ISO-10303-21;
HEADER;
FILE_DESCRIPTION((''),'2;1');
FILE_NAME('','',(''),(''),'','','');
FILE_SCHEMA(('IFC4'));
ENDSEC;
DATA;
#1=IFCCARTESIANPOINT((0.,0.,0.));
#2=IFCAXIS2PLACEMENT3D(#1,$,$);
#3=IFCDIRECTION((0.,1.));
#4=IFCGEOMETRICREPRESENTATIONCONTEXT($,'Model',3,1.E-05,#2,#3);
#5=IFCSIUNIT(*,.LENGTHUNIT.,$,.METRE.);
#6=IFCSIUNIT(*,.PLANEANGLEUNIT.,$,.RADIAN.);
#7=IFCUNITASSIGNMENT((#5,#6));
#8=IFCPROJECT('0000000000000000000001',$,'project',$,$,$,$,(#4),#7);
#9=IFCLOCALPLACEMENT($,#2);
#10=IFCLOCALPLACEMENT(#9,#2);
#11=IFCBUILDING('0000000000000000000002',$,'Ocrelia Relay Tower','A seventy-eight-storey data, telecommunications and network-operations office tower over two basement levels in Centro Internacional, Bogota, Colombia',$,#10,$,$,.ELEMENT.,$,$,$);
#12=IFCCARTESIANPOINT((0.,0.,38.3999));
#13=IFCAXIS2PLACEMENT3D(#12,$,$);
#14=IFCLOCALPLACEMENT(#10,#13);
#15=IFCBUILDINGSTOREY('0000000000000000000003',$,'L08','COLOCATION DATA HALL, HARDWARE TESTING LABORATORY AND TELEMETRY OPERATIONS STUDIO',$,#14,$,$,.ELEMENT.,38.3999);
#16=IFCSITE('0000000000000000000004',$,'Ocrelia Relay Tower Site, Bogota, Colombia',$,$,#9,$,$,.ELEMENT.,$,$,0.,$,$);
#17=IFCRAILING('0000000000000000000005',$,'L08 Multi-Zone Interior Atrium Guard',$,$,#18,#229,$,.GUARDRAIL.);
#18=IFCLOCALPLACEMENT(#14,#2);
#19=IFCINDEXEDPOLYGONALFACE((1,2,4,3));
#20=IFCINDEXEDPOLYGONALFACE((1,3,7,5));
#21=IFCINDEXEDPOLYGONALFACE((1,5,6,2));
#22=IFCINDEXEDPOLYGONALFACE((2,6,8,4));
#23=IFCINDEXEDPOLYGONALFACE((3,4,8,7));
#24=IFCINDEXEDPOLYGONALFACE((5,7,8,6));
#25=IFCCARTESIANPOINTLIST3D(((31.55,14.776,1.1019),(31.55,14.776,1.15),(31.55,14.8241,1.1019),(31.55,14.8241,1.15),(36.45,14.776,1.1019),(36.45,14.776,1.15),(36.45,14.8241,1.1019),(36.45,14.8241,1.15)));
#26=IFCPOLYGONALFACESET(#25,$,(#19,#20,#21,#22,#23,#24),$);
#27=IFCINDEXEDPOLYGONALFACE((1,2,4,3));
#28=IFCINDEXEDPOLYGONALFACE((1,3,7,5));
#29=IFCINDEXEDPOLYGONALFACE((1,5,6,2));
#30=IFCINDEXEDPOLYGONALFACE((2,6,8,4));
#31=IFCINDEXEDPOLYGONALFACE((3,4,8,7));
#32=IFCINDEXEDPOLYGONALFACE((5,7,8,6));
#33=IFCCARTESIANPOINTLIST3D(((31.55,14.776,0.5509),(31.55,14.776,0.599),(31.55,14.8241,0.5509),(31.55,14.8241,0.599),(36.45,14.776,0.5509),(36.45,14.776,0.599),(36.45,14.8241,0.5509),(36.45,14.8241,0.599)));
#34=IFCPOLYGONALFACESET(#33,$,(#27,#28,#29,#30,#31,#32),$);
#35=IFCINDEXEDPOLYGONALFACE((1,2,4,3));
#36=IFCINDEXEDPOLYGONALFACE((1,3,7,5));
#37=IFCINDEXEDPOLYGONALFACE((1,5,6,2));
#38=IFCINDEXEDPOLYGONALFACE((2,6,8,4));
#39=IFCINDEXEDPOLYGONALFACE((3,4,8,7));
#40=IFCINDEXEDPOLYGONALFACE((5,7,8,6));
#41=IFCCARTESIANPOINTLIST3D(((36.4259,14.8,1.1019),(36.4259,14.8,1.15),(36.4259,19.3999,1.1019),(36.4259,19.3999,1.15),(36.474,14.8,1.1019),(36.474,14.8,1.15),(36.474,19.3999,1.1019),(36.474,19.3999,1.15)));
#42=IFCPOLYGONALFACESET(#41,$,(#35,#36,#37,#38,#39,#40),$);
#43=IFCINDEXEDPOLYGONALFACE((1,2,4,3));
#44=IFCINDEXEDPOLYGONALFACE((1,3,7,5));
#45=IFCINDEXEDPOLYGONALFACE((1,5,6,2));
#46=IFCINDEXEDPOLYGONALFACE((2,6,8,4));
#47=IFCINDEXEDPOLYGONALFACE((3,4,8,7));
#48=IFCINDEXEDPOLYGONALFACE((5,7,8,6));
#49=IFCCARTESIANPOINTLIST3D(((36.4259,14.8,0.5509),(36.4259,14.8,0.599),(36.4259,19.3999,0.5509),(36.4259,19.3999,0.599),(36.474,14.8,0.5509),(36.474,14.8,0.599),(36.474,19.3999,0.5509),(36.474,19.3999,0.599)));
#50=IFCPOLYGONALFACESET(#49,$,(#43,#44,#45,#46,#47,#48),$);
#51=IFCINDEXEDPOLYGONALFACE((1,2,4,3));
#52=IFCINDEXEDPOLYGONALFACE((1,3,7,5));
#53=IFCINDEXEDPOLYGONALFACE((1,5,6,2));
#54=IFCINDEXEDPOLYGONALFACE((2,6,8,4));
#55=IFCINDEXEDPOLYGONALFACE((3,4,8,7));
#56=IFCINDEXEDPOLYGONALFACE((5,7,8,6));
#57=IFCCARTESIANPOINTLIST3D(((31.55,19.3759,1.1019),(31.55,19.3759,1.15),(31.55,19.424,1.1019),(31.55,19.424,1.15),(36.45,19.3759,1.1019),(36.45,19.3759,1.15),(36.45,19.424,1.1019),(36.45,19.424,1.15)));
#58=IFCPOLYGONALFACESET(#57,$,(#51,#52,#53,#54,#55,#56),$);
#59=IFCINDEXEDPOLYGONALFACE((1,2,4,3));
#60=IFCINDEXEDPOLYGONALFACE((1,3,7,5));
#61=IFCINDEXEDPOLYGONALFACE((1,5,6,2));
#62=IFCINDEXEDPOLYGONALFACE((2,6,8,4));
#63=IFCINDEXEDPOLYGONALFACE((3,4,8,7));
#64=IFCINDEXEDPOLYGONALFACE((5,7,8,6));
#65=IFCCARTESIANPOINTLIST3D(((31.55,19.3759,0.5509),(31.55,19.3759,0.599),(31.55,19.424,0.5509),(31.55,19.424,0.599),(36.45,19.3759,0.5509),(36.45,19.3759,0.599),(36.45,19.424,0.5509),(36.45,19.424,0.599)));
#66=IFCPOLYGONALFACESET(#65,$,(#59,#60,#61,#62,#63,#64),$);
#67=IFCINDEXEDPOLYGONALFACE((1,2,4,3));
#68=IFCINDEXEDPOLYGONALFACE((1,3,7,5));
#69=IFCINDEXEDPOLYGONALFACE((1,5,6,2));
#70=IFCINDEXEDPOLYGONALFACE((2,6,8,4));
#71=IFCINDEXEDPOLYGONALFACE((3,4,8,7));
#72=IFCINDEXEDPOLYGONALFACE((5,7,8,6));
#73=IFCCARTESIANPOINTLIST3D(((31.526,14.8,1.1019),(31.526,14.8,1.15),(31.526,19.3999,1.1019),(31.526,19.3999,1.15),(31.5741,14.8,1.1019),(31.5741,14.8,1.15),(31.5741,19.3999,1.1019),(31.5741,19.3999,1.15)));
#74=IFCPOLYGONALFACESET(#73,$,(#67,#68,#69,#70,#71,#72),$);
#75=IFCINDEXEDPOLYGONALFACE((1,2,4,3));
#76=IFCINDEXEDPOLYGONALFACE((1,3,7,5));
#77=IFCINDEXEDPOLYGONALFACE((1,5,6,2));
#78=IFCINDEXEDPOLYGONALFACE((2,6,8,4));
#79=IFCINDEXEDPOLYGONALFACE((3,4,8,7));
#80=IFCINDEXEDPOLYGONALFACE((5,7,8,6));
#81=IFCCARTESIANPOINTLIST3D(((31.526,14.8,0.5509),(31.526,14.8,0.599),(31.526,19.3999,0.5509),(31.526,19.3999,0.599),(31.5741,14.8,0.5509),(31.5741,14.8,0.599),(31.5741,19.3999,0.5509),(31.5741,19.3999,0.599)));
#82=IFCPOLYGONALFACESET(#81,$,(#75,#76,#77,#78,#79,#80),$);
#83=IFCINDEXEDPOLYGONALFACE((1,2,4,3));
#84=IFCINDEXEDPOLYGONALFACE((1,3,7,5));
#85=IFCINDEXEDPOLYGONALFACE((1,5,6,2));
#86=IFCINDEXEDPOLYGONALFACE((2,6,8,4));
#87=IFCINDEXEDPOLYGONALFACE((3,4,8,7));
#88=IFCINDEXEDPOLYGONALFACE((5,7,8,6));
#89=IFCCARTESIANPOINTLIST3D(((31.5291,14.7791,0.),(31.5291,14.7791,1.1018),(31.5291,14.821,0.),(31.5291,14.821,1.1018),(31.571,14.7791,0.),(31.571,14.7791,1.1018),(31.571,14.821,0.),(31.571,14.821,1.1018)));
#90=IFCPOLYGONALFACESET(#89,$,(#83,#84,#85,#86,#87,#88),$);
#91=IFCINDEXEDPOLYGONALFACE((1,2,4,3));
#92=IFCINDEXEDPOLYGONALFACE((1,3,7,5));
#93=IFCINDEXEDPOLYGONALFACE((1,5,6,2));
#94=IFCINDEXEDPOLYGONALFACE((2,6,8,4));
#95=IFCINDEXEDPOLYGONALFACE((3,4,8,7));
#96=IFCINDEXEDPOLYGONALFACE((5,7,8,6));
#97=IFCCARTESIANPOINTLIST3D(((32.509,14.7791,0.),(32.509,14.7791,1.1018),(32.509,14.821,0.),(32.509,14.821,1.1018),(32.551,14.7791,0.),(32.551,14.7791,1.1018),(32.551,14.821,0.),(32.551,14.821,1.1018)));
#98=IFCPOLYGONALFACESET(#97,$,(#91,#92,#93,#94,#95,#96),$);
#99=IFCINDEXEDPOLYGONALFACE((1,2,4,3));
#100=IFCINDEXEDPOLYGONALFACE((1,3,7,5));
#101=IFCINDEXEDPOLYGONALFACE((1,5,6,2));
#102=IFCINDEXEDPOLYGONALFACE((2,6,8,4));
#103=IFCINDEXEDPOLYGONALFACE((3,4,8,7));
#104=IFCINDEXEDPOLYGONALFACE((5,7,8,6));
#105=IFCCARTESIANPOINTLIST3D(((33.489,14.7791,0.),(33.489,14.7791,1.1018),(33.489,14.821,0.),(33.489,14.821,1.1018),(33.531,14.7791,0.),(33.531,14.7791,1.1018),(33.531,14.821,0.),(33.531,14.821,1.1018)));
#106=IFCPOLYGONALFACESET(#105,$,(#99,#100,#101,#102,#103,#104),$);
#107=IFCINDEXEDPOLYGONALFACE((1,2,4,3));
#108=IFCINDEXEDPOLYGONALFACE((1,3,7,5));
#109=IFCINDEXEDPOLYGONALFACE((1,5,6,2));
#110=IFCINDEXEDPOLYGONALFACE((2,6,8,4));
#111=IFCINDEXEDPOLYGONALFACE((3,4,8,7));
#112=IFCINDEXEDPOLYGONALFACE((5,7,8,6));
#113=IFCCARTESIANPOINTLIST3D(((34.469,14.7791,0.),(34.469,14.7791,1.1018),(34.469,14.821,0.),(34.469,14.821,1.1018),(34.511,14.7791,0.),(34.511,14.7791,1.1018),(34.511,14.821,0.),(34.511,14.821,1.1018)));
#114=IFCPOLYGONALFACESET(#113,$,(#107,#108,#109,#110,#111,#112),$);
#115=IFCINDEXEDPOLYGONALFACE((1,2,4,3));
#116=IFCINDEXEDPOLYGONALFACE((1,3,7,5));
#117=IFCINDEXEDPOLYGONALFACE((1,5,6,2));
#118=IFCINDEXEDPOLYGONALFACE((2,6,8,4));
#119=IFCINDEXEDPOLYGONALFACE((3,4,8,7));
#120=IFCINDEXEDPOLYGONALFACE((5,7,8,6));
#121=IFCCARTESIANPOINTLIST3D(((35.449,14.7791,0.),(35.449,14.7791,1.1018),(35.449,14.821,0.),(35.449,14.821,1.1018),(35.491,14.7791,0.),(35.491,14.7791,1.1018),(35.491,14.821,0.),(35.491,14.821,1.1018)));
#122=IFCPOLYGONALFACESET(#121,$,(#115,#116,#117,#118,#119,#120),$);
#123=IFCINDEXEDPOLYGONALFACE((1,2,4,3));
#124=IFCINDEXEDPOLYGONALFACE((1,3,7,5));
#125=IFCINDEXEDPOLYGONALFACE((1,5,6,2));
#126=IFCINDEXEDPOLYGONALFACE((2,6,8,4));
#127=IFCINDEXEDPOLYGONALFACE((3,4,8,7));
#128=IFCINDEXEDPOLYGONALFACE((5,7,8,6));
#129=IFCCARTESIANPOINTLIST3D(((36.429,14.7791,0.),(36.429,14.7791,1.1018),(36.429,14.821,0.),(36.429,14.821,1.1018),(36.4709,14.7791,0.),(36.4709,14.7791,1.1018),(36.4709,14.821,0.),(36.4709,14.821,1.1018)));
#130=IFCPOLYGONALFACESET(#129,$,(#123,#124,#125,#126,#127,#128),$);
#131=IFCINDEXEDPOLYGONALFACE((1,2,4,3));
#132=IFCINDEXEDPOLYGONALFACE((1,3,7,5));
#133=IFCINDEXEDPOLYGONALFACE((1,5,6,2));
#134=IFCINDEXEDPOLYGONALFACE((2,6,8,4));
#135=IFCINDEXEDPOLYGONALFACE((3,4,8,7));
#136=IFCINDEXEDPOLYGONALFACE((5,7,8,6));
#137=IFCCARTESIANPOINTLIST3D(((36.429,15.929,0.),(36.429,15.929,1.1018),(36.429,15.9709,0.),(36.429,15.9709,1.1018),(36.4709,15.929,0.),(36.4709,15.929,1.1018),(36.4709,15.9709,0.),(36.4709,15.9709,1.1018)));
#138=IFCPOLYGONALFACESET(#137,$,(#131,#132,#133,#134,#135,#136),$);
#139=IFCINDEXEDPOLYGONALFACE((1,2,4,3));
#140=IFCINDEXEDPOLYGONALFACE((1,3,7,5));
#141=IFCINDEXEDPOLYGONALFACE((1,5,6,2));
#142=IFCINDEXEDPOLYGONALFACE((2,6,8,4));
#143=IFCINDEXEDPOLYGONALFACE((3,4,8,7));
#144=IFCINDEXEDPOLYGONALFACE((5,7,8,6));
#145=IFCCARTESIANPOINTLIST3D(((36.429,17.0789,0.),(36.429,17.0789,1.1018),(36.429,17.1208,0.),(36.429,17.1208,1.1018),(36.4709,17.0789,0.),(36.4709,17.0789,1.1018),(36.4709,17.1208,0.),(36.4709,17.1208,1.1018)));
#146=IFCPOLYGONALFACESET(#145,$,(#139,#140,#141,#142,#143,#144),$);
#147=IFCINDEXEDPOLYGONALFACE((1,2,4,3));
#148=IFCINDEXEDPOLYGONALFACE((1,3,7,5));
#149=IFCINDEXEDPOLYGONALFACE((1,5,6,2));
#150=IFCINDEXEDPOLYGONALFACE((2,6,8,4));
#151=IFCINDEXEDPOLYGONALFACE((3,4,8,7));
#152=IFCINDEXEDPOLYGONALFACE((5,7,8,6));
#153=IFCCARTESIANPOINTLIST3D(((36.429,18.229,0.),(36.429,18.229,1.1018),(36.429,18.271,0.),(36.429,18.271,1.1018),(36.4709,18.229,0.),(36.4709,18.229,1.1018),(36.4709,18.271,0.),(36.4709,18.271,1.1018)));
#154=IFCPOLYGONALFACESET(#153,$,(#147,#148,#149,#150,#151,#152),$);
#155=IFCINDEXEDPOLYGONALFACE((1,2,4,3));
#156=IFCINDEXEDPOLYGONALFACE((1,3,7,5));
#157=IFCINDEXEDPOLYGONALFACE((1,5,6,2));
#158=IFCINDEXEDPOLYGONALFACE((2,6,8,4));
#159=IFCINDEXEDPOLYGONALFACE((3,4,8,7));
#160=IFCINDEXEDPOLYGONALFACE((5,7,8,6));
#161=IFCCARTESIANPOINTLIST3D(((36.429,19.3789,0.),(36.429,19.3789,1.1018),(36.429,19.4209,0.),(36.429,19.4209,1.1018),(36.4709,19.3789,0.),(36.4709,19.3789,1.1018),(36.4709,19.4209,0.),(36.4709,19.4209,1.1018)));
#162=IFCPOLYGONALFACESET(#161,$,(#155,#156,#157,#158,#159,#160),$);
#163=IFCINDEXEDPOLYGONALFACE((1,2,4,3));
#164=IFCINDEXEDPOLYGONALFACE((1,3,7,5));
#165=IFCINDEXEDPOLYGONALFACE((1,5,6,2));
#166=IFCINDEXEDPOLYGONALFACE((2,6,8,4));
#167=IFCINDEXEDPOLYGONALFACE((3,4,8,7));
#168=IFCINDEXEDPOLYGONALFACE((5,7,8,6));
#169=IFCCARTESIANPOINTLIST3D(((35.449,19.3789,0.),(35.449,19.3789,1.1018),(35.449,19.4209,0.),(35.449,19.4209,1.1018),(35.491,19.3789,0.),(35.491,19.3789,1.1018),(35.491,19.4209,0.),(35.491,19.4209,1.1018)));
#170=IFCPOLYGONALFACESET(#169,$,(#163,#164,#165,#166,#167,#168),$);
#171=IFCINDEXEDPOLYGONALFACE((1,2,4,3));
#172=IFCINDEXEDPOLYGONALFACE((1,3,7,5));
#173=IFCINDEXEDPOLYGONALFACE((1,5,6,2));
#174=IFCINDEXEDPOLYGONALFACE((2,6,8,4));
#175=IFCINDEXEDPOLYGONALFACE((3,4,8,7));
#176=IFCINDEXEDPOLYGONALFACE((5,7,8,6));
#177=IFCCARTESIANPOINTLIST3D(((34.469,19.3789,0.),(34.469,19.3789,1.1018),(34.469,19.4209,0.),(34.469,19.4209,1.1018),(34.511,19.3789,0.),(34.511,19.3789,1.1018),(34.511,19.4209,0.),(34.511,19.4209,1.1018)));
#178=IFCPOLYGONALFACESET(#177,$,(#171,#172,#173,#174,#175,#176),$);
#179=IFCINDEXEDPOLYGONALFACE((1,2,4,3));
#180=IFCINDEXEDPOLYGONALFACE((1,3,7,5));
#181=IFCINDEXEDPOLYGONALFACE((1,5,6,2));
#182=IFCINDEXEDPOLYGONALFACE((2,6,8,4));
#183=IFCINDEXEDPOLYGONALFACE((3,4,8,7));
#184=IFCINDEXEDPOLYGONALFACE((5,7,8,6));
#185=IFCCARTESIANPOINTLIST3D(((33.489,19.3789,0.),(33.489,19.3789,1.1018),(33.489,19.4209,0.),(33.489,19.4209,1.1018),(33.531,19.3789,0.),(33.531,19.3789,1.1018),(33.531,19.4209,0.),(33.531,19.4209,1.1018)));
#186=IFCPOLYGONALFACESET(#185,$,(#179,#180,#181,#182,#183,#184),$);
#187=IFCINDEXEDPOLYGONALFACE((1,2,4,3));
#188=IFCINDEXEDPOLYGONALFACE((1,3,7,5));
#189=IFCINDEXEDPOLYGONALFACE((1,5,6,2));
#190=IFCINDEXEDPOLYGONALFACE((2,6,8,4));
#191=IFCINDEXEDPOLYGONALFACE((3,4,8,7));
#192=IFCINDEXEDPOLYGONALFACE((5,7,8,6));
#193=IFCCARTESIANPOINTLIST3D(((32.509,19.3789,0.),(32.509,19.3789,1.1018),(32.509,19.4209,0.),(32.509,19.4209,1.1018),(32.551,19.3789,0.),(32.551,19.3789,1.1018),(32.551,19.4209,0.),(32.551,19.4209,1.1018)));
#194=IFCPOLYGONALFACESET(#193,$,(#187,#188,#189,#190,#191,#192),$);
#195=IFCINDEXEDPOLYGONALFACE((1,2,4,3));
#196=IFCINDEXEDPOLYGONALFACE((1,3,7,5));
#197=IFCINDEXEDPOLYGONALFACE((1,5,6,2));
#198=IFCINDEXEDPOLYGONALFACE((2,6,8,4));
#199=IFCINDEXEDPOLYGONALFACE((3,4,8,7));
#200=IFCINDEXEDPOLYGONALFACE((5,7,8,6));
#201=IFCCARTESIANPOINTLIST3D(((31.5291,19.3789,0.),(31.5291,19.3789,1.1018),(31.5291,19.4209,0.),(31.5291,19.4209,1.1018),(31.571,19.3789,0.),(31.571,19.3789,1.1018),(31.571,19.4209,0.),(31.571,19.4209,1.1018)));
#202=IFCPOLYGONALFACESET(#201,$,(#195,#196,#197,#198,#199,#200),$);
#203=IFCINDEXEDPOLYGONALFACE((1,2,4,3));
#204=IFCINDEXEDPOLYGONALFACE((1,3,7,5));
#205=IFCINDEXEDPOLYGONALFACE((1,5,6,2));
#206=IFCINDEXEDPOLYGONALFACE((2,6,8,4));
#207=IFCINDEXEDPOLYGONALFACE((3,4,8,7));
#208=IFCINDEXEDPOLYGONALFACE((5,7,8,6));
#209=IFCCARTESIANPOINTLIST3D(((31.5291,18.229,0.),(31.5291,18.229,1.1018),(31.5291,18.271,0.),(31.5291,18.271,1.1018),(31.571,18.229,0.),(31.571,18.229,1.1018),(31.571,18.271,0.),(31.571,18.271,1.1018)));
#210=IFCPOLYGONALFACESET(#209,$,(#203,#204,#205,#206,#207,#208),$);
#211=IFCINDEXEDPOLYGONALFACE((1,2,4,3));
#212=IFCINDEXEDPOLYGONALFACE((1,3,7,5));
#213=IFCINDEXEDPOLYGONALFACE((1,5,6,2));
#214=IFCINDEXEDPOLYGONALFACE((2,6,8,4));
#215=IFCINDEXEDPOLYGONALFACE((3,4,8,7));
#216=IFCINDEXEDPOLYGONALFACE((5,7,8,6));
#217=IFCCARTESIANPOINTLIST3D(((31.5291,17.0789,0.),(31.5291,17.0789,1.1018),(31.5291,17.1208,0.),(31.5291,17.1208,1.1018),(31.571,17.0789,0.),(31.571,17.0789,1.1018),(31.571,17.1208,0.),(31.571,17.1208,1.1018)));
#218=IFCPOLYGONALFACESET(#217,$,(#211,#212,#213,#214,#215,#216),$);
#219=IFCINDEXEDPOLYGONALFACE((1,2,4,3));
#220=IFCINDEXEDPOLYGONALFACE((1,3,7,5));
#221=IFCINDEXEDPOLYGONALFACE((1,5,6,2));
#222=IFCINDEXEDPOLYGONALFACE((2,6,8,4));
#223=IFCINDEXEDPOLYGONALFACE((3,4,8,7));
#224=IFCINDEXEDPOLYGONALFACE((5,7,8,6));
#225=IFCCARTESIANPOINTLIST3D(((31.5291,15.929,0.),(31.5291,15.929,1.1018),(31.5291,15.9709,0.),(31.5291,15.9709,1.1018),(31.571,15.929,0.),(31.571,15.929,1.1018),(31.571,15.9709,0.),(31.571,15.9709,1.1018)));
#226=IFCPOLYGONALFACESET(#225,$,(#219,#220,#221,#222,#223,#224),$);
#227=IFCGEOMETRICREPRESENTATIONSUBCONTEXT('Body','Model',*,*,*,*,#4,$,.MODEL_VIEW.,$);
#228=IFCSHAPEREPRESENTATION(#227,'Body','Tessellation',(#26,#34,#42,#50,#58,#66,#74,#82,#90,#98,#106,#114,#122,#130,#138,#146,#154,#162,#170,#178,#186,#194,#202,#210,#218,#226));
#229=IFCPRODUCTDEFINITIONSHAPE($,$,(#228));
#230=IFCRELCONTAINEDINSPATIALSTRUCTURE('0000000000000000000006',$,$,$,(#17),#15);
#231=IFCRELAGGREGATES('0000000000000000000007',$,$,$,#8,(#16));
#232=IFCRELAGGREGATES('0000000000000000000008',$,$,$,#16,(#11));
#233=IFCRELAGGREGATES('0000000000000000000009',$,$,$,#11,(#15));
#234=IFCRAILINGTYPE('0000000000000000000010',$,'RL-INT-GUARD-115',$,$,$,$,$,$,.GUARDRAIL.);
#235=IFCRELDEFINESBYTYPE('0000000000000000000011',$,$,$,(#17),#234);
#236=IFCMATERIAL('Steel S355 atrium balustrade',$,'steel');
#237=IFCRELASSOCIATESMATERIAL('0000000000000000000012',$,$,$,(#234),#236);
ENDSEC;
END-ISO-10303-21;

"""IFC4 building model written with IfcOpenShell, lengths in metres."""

from ifc_helpers import new_model, si_unit, direction, frame, origin, origin_2d, place, context, subcontext, project, spatial, rectangle, extrude, material, type_object, element, save


model = new_model("IFC4")

# Units and contexts
model_context = context("Model", 3, precision=1e-05, world=origin(), true_north=direction((0.0, 1.0)))
body_context = subcontext(model_context, "Body", "Model", "MODEL_VIEW")
ifc_project = project(units=[si_unit("LENGTHUNIT", "METRE"), si_unit("PLANEANGLEUNIT", "RADIAN")], contexts=[model_context])

# Site, building, storey
site_placement = place(None, origin())
site = spatial("IfcSite", under=ifc_project, at=site_placement, Name="Ocrelia Relay Tower Site, Bogota, Colombia", CompositionType="ELEMENT", RefElevation=0.0)
building_placement = place(site_placement, origin())
building = spatial("IfcBuilding", under=site, at=building_placement, Name="Ocrelia Relay Tower", Description="A seventy-eight-storey data, telecommunications and network-operations office tower over two basement levels in Centro Internacional, Bogota, Colombia", CompositionType="ELEMENT")
storey_placement = place(building_placement, frame((0.0, 0.0, 38.3999)))
storey = spatial("IfcBuildingStorey", under=building, at=storey_placement, Name="L08", Description="COLOCATION DATA HALL, HARDWARE TESTING LABORATORY AND TELEMETRY OPERATIONS STUDIO", CompositionType="ELEMENT", Elevation=38.3999)

# Railing
ifc_material_1 = material(Name="Steel S355 atrium balustrade", Category="steel")
railing_type_1 = type_object("IfcRailingType", Name="RL-INT-GUARD-115", PredefinedType="GUARDRAIL", material=ifc_material_1)
railing_1_placement = place(storey_placement, frame((31.55, 14.8, 0.0)))
element("IfcRailing", 1, at=railing_1_placement, inside=storey, type_object=railing_type_1, Name="L08 Multi-Zone Interior Atrium Guard", PredefinedType="GUARDRAIL", context=body_context, shape_type="SweptSolid", body=[
    extrude(rectangle(XDim=0.0481, YDim=0.0481, at=origin_2d()), frame((0.0, 0.0, 1.126), z_axis=(1.0, 0.0, 0.0), x_axis=(0.0, 1.0, 0.0)), (0.0, 0.0, 1.0), 4.8999),
    extrude(rectangle(XDim=0.0481, YDim=0.0481, at=origin_2d()), frame((0.0, 0.0, 0.575), z_axis=(1.0, 0.0, 0.0), x_axis=(0.0, 1.0, 0.0)), (0.0, 0.0, 1.0), 4.8999),
    extrude(rectangle(XDim=0.0481, YDim=0.0481, at=origin_2d()), frame((4.8999, 0.0, 1.126), z_axis=(0.0, 1.0, 0.0), x_axis=(-1.0, 0.0, 0.0)), (0.0, 0.0, 1.0), 4.5999),
    extrude(rectangle(XDim=0.0481, YDim=0.0481, at=origin_2d()), frame((4.8999, 0.0, 0.575), z_axis=(0.0, 1.0, 0.0), x_axis=(-1.0, 0.0, 0.0)), (0.0, 0.0, 1.0), 4.5999),
    extrude(rectangle(XDim=0.0481, YDim=0.0481, at=origin_2d()), frame((4.8999, 4.5999, 1.126), z_axis=(-1.0, 0.0, 0.0), x_axis=(0.0, -1.0, 0.0)), (0.0, 0.0, 1.0), 4.8999),
    extrude(rectangle(XDim=0.0481, YDim=0.0481, at=origin_2d()), frame((4.8999, 4.5999, 0.575), z_axis=(-1.0, 0.0, 0.0), x_axis=(0.0, -1.0, 0.0)), (0.0, 0.0, 1.0), 4.8999),
    extrude(rectangle(XDim=0.0481, YDim=0.0481, at=origin_2d()), frame((0.0, 4.5999, 1.126), z_axis=(0.0, -1.0, 0.0), x_axis=(1.0, 0.0, 0.0)), (0.0, 0.0, 1.0), 4.5999),
    extrude(rectangle(XDim=0.0481, YDim=0.0481, at=origin_2d()), frame((0.0, 4.5999, 0.575), z_axis=(0.0, -1.0, 0.0), x_axis=(1.0, 0.0, 0.0)), (0.0, 0.0, 1.0), 4.5999),
    extrude(rectangle(XDim=0.042, YDim=0.042, at=origin_2d()), origin(), (0.0, 0.0, 1.0), 1.1018),
    extrude(rectangle(XDim=0.042, YDim=0.042, at=origin_2d()), frame((0.98, 0.0, 0.0)), (0.0, 0.0, 1.0), 1.1018),
    extrude(rectangle(XDim=0.042, YDim=0.042, at=origin_2d()), frame((1.96, 0.0, 0.0)), (0.0, 0.0, 1.0), 1.1018),
    extrude(rectangle(XDim=0.042, YDim=0.042, at=origin_2d()), frame((2.9399, 0.0, 0.0)), (0.0, 0.0, 1.0), 1.1018),
    extrude(rectangle(XDim=0.042, YDim=0.042, at=origin_2d()), frame((3.9199, 0.0, 0.0)), (0.0, 0.0, 1.0), 1.1018),
    extrude(rectangle(XDim=0.042, YDim=0.042, at=origin_2d()), frame((4.8999, 0.0, 0.0)), (0.0, 0.0, 1.0), 1.1018),
    extrude(rectangle(XDim=0.042, YDim=0.042, at=origin_2d()), frame((4.8999, 1.1499, 0.0)), (0.0, 0.0, 1.0), 1.1018),
    extrude(rectangle(XDim=0.042, YDim=0.042, at=origin_2d()), frame((4.8999, 2.2998, 0.0)), (0.0, 0.0, 1.0), 1.1018),
    extrude(rectangle(XDim=0.042, YDim=0.042, at=origin_2d()), frame((4.8999, 3.45, 0.0)), (0.0, 0.0, 1.0), 1.1018),
    extrude(rectangle(XDim=0.042, YDim=0.042, at=origin_2d()), frame((4.8999, 4.5999, 0.0)), (0.0, 0.0, 1.0), 1.1018),
    extrude(rectangle(XDim=0.042, YDim=0.042, at=origin_2d()), frame((3.9199, 4.5999, 0.0)), (0.0, 0.0, 1.0), 1.1018),
    extrude(rectangle(XDim=0.042, YDim=0.042, at=origin_2d()), frame((2.9399, 4.5999, 0.0)), (0.0, 0.0, 1.0), 1.1018),
    extrude(rectangle(XDim=0.042, YDim=0.042, at=origin_2d()), frame((1.96, 4.5999, 0.0)), (0.0, 0.0, 1.0), 1.1018),
    extrude(rectangle(XDim=0.042, YDim=0.042, at=origin_2d()), frame((0.98, 4.5999, 0.0)), (0.0, 0.0, 1.0), 1.1018),
    extrude(rectangle(XDim=0.042, YDim=0.042, at=origin_2d()), frame((0.0, 4.5999, 0.0)), (0.0, 0.0, 1.0), 1.1018),
    extrude(rectangle(XDim=0.042, YDim=0.042, at=origin_2d()), frame((0.0, 3.45, 0.0)), (0.0, 0.0, 1.0), 1.1018),
    extrude(rectangle(XDim=0.042, YDim=0.042, at=origin_2d()), frame((0.0, 2.2998, 0.0)), (0.0, 0.0, 1.0), 1.1018),
    extrude(rectangle(XDim=0.042, YDim=0.042, at=origin_2d()), frame((0.0, 1.1499, 0.0)), (0.0, 0.0, 1.0), 1.1018),
])

save(model, "model.ifc")
